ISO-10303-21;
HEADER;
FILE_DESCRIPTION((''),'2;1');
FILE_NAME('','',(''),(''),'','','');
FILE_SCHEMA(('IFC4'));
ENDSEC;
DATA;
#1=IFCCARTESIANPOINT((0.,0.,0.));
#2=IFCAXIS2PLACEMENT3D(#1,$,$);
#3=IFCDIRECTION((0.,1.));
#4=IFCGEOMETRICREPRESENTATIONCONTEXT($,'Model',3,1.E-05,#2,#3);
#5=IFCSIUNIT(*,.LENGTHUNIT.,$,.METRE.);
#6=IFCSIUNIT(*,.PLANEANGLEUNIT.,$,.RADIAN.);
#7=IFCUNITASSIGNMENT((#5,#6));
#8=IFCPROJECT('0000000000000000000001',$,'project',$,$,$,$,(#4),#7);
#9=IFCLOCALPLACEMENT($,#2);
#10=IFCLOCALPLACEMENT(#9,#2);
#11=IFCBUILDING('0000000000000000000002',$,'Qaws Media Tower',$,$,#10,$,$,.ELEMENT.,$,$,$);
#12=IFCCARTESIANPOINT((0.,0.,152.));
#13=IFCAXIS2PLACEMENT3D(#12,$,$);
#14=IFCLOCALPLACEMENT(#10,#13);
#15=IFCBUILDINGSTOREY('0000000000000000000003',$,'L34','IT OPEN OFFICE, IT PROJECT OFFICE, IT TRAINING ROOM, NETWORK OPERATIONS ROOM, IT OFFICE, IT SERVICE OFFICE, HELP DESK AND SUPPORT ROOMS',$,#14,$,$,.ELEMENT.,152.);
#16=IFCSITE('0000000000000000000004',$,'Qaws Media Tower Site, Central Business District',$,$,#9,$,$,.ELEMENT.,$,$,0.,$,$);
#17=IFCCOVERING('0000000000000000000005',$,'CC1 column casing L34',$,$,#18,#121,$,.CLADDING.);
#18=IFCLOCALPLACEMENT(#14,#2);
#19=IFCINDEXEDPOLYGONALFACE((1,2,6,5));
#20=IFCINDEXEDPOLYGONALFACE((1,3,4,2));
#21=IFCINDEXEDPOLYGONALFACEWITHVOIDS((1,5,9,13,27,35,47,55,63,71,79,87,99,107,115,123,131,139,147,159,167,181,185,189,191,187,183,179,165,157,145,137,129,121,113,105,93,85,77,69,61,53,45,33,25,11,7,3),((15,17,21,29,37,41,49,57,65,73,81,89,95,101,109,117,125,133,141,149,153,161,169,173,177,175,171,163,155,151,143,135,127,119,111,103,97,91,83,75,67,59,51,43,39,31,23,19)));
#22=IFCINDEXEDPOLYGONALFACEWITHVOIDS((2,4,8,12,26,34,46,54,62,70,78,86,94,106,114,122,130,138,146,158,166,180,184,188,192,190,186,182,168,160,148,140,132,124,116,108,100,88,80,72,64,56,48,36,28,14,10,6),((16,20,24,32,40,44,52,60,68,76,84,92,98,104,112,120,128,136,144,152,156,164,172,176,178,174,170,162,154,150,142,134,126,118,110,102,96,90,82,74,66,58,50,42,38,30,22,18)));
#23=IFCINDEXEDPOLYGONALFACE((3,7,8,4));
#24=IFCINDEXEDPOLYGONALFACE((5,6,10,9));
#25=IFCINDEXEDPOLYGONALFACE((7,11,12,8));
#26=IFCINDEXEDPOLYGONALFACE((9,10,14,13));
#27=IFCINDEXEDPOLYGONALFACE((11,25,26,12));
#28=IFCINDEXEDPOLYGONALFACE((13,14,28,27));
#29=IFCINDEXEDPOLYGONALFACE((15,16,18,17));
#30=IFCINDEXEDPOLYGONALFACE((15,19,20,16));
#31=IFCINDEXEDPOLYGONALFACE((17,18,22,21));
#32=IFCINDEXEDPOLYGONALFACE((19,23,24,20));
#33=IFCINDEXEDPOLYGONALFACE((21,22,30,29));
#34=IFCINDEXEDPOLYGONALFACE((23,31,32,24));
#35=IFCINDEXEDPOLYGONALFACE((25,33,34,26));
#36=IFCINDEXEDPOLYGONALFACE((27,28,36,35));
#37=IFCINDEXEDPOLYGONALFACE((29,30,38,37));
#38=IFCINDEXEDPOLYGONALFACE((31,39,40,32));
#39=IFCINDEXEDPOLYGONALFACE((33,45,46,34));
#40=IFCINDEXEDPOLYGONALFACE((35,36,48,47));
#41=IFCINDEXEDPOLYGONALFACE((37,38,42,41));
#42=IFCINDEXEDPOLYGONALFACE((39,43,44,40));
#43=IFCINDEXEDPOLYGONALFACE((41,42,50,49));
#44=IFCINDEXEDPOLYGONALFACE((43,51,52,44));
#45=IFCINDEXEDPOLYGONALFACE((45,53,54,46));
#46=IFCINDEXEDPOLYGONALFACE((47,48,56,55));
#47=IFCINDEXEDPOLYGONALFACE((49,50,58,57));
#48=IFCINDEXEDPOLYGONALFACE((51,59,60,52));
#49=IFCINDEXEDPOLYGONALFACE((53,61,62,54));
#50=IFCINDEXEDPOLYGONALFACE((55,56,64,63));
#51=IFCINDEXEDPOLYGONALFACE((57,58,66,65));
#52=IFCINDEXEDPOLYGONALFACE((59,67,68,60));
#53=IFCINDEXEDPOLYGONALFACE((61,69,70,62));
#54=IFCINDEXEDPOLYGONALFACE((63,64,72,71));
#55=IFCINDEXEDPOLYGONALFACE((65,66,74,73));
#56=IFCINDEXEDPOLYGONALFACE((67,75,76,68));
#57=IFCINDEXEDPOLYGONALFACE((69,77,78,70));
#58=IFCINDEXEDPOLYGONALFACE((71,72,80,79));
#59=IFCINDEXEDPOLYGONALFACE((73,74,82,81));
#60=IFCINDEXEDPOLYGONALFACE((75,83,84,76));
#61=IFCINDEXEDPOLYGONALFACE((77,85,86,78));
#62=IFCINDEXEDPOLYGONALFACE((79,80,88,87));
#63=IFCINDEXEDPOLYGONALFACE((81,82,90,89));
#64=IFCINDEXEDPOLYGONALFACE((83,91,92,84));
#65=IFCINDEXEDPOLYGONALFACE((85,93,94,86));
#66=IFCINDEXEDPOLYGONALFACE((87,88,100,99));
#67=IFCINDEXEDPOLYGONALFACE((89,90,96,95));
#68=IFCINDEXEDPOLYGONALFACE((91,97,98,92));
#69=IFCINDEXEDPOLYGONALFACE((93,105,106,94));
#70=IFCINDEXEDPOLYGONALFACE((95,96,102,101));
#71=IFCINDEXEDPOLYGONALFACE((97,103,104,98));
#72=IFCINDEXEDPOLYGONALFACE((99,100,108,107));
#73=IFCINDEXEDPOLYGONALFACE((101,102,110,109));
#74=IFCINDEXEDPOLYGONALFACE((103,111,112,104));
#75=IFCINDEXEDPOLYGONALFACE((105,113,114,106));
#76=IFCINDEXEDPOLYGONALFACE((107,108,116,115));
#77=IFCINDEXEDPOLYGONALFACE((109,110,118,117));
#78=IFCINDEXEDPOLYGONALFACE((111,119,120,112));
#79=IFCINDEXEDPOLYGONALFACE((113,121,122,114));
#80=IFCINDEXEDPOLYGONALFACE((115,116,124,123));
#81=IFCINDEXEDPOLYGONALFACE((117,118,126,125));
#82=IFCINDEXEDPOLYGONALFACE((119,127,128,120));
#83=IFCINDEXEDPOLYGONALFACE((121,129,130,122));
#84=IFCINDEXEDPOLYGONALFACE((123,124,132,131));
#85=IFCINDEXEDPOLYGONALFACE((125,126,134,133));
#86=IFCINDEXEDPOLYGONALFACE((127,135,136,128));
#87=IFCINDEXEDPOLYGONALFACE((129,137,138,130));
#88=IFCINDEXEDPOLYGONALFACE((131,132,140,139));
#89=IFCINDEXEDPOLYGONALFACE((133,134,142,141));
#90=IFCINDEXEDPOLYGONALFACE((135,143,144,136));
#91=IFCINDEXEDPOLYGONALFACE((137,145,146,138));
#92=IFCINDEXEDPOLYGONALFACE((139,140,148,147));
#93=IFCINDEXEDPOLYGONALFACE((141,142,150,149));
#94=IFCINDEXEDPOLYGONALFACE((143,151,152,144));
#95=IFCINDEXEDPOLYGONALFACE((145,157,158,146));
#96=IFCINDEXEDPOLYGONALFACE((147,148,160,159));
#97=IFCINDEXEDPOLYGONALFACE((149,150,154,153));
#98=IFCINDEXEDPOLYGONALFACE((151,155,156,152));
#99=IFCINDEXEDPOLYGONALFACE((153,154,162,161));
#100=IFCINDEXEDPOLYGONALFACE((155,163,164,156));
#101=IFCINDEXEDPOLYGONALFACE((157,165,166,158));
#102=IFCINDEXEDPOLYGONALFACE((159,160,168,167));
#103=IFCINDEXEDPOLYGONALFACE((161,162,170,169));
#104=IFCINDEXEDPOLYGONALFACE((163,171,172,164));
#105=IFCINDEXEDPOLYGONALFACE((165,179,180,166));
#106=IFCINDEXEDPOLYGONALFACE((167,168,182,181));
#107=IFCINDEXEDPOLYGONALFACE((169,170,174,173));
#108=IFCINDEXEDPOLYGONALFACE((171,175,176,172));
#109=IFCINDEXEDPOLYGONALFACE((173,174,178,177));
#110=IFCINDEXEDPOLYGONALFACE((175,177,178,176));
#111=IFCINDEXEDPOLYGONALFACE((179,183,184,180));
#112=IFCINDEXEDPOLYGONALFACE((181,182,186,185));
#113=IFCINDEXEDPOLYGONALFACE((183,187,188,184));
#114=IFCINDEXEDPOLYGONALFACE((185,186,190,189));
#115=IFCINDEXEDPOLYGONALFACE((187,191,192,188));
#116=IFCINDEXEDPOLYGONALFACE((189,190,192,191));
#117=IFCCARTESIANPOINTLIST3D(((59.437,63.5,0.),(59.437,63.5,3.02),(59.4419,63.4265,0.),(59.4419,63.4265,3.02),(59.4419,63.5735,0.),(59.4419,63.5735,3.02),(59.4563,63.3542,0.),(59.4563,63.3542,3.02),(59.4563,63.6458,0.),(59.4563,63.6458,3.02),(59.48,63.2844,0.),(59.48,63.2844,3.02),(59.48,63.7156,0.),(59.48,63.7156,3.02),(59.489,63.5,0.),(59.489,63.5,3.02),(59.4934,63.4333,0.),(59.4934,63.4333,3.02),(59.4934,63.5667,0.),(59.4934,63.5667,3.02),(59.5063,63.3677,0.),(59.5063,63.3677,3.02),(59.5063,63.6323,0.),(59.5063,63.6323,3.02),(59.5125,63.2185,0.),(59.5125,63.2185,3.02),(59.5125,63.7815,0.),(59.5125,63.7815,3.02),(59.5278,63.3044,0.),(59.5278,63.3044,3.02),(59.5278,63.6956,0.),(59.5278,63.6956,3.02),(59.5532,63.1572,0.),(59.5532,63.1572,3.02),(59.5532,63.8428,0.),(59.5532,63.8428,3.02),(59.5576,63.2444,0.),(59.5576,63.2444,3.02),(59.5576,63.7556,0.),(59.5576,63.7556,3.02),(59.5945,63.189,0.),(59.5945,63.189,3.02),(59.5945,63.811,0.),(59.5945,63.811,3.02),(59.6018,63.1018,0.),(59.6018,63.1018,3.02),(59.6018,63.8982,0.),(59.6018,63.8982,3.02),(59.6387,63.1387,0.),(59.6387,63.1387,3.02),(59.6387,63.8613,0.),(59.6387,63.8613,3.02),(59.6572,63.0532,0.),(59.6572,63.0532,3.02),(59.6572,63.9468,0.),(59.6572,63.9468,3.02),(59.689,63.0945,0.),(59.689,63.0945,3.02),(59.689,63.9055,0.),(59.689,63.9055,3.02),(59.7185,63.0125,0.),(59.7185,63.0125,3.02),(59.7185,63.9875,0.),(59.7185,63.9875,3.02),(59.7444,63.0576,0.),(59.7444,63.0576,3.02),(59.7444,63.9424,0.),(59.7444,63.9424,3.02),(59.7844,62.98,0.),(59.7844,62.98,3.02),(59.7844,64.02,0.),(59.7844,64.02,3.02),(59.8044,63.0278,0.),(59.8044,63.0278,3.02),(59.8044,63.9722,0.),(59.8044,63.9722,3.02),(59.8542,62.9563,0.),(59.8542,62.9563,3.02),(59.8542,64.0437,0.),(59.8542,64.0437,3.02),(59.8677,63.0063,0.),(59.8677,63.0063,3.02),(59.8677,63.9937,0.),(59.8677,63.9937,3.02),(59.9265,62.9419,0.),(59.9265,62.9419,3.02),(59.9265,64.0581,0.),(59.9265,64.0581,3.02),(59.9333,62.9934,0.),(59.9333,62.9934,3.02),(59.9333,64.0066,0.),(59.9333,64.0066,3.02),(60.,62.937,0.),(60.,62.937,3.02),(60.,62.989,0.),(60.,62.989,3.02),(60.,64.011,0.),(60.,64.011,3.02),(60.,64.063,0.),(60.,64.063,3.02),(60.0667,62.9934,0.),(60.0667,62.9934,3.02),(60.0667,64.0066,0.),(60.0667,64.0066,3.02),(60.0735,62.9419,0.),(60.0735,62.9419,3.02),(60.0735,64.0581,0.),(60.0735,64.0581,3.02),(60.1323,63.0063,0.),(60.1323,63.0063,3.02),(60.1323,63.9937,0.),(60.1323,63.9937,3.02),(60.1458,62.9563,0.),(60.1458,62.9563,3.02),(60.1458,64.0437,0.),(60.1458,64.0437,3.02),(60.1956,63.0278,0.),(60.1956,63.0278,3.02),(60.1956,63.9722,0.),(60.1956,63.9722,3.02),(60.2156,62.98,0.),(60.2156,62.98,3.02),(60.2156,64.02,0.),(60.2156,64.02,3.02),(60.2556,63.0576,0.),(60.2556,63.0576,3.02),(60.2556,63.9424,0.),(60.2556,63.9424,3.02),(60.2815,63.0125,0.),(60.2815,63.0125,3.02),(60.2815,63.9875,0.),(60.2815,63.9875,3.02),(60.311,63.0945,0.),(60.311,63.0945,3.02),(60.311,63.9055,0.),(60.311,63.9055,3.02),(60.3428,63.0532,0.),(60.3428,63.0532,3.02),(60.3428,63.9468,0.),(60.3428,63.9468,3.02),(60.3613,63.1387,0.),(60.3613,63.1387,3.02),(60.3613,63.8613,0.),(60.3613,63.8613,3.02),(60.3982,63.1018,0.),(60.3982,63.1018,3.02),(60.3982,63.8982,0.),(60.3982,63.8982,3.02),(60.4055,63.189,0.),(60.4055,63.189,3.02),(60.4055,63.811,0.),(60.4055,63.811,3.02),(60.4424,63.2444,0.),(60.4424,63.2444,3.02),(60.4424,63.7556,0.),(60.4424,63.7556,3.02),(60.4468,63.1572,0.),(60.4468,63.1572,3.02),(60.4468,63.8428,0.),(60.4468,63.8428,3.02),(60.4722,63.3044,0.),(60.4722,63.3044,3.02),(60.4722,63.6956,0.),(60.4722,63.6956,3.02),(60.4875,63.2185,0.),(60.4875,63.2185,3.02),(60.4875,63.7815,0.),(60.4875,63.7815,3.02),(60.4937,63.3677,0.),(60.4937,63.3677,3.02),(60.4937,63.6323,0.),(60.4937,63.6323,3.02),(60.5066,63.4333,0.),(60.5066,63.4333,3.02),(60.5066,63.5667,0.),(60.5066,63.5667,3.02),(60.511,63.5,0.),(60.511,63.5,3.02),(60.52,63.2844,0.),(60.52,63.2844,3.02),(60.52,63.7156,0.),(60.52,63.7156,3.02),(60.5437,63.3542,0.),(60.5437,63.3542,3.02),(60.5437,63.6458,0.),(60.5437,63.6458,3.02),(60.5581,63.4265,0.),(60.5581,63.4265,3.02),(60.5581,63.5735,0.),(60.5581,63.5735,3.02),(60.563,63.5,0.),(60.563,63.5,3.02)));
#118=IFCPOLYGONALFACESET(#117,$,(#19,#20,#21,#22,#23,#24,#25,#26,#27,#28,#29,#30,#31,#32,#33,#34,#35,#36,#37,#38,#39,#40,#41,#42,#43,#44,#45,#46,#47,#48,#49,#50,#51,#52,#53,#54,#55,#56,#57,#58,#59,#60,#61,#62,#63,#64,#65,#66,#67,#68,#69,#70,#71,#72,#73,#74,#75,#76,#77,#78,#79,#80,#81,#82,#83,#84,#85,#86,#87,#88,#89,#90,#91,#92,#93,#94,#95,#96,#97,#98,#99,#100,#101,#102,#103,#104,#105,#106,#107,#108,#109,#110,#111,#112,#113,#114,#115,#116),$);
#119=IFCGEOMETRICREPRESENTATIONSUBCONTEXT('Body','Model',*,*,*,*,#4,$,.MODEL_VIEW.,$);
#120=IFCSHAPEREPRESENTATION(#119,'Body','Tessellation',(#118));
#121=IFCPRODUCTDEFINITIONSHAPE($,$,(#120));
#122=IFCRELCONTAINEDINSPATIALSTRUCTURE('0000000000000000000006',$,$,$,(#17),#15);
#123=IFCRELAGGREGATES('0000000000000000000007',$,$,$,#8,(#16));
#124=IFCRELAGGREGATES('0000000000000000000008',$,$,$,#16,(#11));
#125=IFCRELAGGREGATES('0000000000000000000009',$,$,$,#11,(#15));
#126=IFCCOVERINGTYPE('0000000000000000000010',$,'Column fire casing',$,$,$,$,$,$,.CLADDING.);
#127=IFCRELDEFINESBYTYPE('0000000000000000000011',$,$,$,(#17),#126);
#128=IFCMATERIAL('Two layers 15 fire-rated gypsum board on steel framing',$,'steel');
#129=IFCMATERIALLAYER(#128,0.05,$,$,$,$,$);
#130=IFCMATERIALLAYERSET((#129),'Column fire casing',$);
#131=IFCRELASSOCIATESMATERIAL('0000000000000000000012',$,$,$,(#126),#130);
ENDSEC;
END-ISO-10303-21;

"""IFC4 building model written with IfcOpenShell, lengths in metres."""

from ifc_helpers import new_model, si_unit, direction, frame, origin, place, context, subcontext, project, spatial, polyline, outline, extrude, material, layer, layer_set, type_object, element, save


model = new_model("IFC4")

# Units and contexts
model_context = context("Model", 3, precision=1e-05, world=origin(), true_north=direction((0.0, 1.0)))
body_context = subcontext(model_context, "Body", "Model", "MODEL_VIEW")
ifc_project = project(units=[si_unit("LENGTHUNIT", "METRE"), si_unit("PLANEANGLEUNIT", "RADIAN")], contexts=[model_context])

# Site, building, storey
site_placement = place(None, origin())
site = spatial("IfcSite", under=ifc_project, at=site_placement, Name="Qaws Media Tower Site, Central Business District", CompositionType="ELEMENT", RefElevation=0.0)
building_placement = place(site_placement, origin())
building = spatial("IfcBuilding", under=site, at=building_placement, Name="Qaws Media Tower", CompositionType="ELEMENT")
storey_placement = place(building_placement, frame((0.0, 0.0, 152.0)))
storey = spatial("IfcBuildingStorey", under=building, at=storey_placement, Name="L34", Description="IT OPEN OFFICE, IT PROJECT OFFICE, IT TRAINING ROOM, NETWORK OPERATIONS ROOM, IT OFFICE, IT SERVICE OFFICE, HELP DESK AND SUPPORT ROOMS", CompositionType="ELEMENT", Elevation=152.0)

# Covering
ifc_material_1 = material(Name="Two layers 15 fire-rated gypsum board on steel framing", Category="steel")
ifc_layer_1 = layer(ifc_material_1, 0.05)
ifc_layer_set_1 = layer_set([ifc_layer_1], Name="Column fire casing")
covering_type_1 = type_object("IfcCoveringType", Name="Column fire casing", PredefinedType="CLADDING", material=ifc_layer_set_1)
covering_1_placement = place(storey_placement, origin())
element("IfcCovering", 1, at=covering_1_placement, inside=storey, type_object=covering_type_1, Name="CC1 column casing L34", PredefinedType="CLADDING", context=body_context, shape_type="SweptSolid", body=[
    extrude(outline(polyline([(60.563, 63.5), (60.5581, 63.4265), (60.5437, 63.3542), (60.52, 63.2844), (60.4875, 63.2185), (60.4468, 63.1572), (60.3982, 63.1018), (60.3428, 63.0532), (60.2815, 63.0125), (60.2156, 62.98), (60.1458, 62.9563), (60.0735, 62.9419), (60.0, 62.937), (59.9265, 62.9419), (59.8542, 62.9563), (59.7844, 62.98), (59.7185, 63.0125), (59.6572, 63.0532), (59.6018, 63.1018), (59.5532, 63.1572), (59.5125, 63.2185), (59.48, 63.2844), (59.4563, 63.3542), (59.4419, 63.4265), (59.437, 63.5), (59.4419, 63.5735), (59.4563, 63.6458), (59.48, 63.7156), (59.5125, 63.7815), (59.5532, 63.8428), (59.6018, 63.8982), (59.6572, 63.9468), (59.7185, 63.9875), (59.7844, 64.02), (59.8542, 64.0437), (59.9265, 64.0581), (60.0, 64.063), (60.0735, 64.0581), (60.1458, 64.0437), (60.2156, 64.02), (60.2815, 63.9875), (60.3428, 63.9468), (60.3982, 63.8982), (60.4468, 63.8428), (60.4875, 63.7815), (60.52, 63.7156), (60.5437, 63.6458), (60.5581, 63.5735), (60.563, 63.5)]), holes=[polyline([(60.511, 63.5), (60.5066, 63.4333), (60.4937, 63.3677), (60.4722, 63.3044), (60.4424, 63.2444), (60.4055, 63.189), (60.3613, 63.1387), (60.311, 63.0945), (60.2556, 63.0576), (60.1956, 63.0278), (60.1323, 63.0063), (60.0667, 62.9934), (60.0, 62.989), (59.9333, 62.9934), (59.8677, 63.0063), (59.8044, 63.0278), (59.7444, 63.0576), (59.689, 63.0945), (59.6387, 63.1387), (59.5945, 63.189), (59.5576, 63.2444), (59.5278, 63.3044), (59.5063, 63.3677), (59.4934, 63.4333), (59.489, 63.5), (59.4934, 63.5667), (59.5063, 63.6323), (59.5278, 63.6956), (59.5576, 63.7556), (59.5945, 63.811), (59.6387, 63.8613), (59.689, 63.9055), (59.7444, 63.9424), (59.8044, 63.9722), (59.8677, 63.9937), (59.9333, 64.0066), (60.0, 64.011), (60.0667, 64.0066), (60.1323, 63.9937), (60.1956, 63.9722), (60.2556, 63.9424), (60.311, 63.9055), (60.3613, 63.8613), (60.4055, 63.811), (60.4424, 63.7556), (60.4722, 63.6956), (60.4937, 63.6323), (60.5066, 63.5667), (60.511, 63.5)])]), origin(), (0.0, 0.0, 1.0), 3.02),
])

save(model, "model.ifc")
